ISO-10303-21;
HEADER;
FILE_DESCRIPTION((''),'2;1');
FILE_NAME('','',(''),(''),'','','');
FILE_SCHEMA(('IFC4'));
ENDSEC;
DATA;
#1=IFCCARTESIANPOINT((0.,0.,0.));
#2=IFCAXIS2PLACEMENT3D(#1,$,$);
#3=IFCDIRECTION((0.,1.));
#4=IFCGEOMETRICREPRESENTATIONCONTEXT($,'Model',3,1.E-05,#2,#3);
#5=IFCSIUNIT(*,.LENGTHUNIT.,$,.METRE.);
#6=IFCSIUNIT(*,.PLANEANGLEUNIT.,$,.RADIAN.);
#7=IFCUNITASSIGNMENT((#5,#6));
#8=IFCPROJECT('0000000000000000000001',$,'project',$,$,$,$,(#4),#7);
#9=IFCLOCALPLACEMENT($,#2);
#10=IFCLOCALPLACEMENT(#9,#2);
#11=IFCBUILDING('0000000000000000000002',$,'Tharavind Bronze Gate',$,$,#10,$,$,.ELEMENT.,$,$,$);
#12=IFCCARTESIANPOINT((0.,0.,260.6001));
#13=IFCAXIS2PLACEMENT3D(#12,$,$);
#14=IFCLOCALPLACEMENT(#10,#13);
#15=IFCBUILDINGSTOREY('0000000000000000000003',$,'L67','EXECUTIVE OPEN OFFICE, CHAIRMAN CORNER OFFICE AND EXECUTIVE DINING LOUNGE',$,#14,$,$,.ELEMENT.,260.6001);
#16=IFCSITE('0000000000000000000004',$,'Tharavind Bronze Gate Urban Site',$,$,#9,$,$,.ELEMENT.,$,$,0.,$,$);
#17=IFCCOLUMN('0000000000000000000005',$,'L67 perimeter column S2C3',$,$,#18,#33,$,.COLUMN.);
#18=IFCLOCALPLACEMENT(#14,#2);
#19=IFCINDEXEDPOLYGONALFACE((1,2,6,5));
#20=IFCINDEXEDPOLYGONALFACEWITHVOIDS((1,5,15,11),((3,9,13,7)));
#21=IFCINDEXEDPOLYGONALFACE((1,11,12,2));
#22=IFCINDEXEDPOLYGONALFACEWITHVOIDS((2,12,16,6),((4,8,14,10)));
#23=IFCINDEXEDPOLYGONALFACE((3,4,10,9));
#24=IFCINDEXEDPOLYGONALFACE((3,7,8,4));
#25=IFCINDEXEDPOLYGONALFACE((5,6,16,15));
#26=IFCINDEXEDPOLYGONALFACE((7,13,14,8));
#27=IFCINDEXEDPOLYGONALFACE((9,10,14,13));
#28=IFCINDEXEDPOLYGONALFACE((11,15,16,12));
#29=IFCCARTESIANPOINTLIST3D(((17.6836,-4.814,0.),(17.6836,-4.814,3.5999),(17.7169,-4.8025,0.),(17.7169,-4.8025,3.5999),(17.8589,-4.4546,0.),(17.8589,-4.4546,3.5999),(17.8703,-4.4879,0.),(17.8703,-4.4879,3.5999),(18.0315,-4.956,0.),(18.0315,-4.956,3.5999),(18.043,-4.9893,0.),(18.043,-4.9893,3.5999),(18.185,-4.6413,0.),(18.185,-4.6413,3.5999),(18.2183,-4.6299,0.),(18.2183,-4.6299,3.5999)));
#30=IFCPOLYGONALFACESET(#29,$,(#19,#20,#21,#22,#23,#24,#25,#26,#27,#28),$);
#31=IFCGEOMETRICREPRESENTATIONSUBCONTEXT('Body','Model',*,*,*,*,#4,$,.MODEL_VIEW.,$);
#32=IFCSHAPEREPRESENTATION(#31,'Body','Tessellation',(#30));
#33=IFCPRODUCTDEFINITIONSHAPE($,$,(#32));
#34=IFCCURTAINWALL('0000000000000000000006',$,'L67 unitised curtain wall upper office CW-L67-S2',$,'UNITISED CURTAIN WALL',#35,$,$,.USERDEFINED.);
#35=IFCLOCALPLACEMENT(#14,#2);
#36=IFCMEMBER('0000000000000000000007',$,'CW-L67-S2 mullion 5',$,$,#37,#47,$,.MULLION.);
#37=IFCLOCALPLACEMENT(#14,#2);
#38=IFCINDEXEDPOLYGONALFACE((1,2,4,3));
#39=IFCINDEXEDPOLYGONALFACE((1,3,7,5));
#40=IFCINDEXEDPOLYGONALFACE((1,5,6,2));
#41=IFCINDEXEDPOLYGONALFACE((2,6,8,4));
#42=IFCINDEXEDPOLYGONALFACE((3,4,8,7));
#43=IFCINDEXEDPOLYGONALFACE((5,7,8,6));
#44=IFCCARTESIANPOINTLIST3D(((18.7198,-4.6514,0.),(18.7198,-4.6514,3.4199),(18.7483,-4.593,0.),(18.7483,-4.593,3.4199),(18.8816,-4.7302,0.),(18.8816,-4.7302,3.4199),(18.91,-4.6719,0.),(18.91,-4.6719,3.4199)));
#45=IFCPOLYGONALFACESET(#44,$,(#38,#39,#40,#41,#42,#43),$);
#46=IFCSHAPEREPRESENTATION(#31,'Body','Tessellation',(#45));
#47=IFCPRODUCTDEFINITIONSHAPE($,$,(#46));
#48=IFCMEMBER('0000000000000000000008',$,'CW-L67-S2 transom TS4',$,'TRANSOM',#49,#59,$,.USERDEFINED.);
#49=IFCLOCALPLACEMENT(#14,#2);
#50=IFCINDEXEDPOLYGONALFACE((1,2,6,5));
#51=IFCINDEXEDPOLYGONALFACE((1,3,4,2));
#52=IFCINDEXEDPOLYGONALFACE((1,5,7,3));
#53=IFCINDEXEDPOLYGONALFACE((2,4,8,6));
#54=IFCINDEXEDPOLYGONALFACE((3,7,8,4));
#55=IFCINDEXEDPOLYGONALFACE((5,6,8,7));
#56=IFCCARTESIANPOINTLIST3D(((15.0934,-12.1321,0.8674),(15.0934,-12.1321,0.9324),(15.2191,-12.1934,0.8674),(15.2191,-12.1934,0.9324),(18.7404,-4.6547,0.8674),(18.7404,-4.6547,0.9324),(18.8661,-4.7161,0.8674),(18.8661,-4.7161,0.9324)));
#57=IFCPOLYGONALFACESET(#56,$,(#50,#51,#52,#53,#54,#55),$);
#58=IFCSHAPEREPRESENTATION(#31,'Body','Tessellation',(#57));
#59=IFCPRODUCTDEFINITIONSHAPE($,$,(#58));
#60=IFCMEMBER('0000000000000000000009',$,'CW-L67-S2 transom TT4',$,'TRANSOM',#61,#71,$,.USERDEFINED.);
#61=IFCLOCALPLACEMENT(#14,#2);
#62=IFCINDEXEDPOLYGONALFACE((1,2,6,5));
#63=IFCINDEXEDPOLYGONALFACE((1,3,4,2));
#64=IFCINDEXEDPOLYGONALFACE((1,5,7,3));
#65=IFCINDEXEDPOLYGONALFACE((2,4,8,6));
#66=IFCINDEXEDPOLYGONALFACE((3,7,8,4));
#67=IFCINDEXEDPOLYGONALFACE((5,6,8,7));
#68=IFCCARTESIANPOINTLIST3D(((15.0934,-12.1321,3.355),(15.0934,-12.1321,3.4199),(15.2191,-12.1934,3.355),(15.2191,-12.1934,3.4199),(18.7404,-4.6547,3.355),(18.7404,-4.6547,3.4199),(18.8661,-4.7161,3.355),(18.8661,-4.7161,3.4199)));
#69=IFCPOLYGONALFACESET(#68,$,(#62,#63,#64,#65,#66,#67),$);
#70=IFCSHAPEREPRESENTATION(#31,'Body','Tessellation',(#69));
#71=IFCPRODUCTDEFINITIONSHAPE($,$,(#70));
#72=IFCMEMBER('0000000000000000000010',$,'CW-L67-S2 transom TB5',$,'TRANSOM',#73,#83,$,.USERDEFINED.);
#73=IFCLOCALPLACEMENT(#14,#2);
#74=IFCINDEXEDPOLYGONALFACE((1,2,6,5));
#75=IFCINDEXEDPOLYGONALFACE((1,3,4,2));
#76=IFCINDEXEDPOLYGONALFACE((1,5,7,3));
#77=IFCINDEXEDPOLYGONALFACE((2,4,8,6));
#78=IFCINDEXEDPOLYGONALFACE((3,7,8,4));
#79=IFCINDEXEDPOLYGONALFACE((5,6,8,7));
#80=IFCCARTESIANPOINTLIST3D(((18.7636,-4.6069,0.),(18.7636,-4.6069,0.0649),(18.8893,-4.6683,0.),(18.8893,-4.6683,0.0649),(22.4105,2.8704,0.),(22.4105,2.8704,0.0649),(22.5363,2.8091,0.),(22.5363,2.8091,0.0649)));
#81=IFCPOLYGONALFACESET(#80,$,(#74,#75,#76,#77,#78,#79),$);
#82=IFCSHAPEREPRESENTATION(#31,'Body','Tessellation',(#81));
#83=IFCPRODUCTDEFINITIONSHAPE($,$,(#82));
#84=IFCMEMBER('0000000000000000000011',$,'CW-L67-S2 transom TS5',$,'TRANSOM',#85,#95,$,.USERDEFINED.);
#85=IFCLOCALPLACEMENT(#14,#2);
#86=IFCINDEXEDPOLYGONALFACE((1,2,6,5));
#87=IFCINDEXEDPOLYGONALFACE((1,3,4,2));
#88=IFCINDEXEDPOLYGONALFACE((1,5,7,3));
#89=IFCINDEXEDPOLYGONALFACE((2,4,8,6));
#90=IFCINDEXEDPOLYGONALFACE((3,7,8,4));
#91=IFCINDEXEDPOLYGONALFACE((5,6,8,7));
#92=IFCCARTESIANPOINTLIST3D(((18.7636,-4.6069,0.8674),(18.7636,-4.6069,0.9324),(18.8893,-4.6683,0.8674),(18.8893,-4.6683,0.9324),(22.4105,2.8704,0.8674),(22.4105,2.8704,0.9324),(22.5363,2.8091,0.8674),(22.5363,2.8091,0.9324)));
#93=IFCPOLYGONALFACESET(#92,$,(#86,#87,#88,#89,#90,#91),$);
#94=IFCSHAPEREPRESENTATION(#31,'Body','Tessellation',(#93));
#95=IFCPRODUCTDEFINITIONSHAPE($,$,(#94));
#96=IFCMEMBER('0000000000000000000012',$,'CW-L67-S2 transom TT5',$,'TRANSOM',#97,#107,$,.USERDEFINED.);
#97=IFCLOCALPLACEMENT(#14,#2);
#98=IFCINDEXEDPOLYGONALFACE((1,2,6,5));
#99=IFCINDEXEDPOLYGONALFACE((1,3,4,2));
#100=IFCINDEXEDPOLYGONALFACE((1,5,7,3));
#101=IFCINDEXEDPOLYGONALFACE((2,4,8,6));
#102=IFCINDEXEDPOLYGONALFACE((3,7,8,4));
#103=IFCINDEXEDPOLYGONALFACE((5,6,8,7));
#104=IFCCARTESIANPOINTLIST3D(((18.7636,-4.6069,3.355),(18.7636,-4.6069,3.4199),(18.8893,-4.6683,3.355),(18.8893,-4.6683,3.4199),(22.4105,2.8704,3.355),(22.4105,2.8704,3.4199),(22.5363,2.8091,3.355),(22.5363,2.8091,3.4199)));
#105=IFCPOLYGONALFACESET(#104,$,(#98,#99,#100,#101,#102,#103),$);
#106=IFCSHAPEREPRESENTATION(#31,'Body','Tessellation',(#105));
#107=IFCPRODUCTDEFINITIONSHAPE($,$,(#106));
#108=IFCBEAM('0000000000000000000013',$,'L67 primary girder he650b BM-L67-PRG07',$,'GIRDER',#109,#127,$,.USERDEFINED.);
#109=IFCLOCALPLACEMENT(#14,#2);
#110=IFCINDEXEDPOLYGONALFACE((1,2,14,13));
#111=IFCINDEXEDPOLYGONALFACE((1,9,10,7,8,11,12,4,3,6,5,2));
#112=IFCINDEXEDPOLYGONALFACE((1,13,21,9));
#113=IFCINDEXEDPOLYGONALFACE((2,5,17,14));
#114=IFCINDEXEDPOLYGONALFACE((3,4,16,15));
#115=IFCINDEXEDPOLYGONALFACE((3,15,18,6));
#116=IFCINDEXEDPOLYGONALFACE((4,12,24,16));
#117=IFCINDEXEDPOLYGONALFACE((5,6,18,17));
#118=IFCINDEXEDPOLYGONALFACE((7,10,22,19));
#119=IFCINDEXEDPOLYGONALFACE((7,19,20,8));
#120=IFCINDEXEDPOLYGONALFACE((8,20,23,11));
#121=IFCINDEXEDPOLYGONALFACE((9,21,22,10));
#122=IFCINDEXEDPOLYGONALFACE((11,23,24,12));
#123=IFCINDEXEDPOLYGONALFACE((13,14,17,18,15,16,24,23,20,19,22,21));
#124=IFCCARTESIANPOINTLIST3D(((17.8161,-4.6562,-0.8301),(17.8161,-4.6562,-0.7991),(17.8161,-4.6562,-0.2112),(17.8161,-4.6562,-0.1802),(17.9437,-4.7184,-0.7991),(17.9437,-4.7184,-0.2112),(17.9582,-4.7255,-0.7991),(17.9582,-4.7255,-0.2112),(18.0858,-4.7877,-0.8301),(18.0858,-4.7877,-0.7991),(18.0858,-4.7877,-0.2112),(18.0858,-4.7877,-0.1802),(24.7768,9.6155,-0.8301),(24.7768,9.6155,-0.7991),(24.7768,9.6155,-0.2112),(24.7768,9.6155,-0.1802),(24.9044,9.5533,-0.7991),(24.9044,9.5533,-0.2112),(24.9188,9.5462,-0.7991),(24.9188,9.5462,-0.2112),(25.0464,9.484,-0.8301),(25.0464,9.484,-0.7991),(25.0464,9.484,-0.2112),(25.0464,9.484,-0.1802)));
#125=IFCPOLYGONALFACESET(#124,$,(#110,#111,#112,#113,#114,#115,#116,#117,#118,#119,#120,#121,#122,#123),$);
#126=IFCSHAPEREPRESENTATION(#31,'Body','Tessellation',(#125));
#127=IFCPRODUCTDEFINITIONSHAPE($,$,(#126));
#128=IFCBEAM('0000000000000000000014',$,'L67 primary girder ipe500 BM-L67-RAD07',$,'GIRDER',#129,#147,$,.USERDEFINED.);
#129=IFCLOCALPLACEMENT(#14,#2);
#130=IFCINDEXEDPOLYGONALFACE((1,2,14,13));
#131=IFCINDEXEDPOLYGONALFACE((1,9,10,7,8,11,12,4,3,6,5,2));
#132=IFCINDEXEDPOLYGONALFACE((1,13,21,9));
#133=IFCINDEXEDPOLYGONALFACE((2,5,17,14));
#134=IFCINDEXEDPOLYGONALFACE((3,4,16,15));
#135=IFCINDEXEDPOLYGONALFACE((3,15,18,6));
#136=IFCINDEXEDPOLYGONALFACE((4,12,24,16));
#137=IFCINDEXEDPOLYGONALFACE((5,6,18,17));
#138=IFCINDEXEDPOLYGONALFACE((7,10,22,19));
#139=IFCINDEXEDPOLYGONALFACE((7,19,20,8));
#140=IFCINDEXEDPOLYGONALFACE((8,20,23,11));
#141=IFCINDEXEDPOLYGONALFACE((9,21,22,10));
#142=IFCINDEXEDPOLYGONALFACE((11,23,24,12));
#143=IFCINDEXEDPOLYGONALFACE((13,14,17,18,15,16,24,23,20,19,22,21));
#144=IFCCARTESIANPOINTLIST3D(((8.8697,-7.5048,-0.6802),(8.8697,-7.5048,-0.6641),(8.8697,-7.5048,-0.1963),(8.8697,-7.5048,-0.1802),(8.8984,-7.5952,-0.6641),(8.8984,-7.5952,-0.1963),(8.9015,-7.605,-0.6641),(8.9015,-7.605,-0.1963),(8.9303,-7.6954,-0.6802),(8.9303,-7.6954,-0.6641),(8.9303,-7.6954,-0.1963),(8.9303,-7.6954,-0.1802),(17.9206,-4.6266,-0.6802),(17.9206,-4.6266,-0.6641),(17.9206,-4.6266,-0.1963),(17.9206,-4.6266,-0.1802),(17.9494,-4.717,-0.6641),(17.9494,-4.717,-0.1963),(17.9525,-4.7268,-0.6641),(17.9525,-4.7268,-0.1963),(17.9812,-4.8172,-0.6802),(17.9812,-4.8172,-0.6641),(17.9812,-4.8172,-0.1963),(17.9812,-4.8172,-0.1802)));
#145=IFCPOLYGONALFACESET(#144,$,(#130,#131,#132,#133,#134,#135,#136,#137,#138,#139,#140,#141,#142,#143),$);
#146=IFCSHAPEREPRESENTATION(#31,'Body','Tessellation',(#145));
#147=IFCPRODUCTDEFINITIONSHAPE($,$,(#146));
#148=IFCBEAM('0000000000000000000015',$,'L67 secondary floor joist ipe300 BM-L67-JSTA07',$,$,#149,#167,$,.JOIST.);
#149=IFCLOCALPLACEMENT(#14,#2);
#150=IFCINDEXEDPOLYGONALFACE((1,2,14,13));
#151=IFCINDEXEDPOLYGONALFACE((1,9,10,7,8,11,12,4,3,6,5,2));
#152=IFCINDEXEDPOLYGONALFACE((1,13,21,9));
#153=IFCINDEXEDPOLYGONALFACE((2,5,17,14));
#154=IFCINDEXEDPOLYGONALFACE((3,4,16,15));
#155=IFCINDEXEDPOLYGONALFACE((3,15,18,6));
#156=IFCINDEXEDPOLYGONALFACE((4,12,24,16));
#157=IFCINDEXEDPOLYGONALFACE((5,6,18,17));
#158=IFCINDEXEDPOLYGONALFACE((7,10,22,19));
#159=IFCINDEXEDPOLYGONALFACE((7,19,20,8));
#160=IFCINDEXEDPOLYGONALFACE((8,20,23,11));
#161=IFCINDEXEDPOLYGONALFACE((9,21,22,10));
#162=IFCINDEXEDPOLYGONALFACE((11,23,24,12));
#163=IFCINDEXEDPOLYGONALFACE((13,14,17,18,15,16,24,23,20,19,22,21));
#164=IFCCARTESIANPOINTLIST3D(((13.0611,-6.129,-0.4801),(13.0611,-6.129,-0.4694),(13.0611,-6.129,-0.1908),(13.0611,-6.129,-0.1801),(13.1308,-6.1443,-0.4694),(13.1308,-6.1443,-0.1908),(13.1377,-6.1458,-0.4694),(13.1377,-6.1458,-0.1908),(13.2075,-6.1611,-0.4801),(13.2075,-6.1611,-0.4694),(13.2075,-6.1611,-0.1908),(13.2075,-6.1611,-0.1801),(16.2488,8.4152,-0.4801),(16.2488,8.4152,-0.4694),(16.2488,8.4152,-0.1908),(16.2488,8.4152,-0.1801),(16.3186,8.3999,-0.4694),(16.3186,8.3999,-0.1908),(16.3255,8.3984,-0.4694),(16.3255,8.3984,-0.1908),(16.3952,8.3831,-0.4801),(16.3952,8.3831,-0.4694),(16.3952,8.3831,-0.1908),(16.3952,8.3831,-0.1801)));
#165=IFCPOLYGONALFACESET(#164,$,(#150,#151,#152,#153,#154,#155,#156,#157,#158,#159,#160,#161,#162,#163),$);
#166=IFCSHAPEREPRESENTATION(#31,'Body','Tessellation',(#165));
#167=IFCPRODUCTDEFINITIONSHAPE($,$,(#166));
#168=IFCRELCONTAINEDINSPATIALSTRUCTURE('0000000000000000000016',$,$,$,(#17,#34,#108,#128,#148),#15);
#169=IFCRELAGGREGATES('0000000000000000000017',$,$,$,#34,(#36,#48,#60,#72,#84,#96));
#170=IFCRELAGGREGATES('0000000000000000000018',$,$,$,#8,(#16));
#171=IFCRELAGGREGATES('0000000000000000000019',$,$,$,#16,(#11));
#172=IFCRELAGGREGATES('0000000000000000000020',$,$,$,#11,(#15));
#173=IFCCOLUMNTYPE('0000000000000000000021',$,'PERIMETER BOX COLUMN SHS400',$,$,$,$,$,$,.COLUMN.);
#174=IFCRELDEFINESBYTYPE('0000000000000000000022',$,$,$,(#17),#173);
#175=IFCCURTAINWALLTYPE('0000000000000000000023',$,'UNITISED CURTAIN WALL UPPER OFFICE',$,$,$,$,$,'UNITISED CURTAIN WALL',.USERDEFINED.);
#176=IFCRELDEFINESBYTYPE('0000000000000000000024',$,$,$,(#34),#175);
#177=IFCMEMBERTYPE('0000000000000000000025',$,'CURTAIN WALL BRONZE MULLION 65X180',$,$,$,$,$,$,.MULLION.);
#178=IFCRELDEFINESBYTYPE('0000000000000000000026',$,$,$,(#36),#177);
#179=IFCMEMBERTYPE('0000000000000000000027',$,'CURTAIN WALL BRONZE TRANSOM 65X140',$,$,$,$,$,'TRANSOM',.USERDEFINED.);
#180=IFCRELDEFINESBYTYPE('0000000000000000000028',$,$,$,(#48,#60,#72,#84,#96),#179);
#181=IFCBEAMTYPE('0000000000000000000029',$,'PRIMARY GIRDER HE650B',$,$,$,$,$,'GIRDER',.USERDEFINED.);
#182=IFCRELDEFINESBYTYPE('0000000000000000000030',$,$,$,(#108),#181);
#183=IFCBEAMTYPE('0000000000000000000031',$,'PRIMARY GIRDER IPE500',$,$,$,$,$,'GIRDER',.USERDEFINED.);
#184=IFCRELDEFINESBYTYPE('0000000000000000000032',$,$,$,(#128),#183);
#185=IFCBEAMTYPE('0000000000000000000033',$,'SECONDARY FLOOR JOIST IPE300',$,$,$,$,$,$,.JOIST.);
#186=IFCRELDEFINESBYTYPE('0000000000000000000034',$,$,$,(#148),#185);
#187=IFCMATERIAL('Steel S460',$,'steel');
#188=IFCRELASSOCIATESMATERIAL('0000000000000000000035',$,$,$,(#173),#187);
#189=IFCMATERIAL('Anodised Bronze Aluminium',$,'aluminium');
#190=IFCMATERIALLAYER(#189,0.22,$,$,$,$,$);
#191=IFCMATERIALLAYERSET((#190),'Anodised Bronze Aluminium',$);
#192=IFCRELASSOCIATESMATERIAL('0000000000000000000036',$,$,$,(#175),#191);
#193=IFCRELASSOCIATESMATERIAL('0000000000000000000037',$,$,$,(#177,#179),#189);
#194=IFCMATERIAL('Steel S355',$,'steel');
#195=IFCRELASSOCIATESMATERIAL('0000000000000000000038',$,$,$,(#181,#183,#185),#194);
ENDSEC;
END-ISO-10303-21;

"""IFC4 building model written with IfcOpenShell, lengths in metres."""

from ifc_helpers import new_model, si_unit, direction, frame, origin, origin_2d, place, context, subcontext, project, spatial, rectangle, hollow_rectangle, i_section, extrude, material, layer, layer_set, material_profile, profile_set, type_object, element, aggregate, save


model = new_model("IFC4")

# Units and contexts
model_context = context("Model", 3, precision=1e-05, world=origin(), true_north=direction((0.0, 1.0)))
body_context = subcontext(model_context, "Body", "Model", "MODEL_VIEW")
ifc_project = project(units=[si_unit("LENGTHUNIT", "METRE"), si_unit("PLANEANGLEUNIT", "RADIAN")], contexts=[model_context])

# Site, building, storey
site_placement = place(None, origin())
site = spatial("IfcSite", under=ifc_project, at=site_placement, Name="Tharavind Bronze Gate Urban Site", CompositionType="ELEMENT", RefElevation=0.0)
building_placement = place(site_placement, origin())
building = spatial("IfcBuilding", under=site, at=building_placement, Name="Tharavind Bronze Gate", CompositionType="ELEMENT")
storey_placement = place(building_placement, frame((0.0, 0.0, 260.6001)))
storey = spatial("IfcBuildingStorey", under=building, at=storey_placement, Name="L67", Description="EXECUTIVE OPEN OFFICE, CHAIRMAN CORNER OFFICE AND EXECUTIVE DINING LOUNGE", CompositionType="ELEMENT", Elevation=260.6001)

# Column
ifc_material_1 = material(Name="Steel S460", Category="steel")
ifc_material_profile_1 = material_profile(ifc_material_1, hollow_rectangle(XDim=0.3999, YDim=0.3999, WallThickness=0.0249, at=origin_2d()), Name="SHS400X25")
ifc_profile_set_1 = profile_set([ifc_material_profile_1], Name="Steel S460")
column_type = type_object("IfcColumnType", Name="PERIMETER BOX COLUMN SHS400", PredefinedType="COLUMN", material=ifc_profile_set_1)
column_placement = place(storey_placement, frame((17.9509, -4.7219, 0.0), z_axis=(0.0, 0.0, 1.0), x_axis=(0.438373, 0.898793, 0.0)))
element("IfcColumn", 1, at=column_placement, inside=storey, type_object=column_type, Name="L67 perimeter column S2C3", PredefinedType="COLUMN", context=body_context, shape_type="SweptSolid", body=[
    extrude(hollow_rectangle(XDim=0.3999, YDim=0.3999, WallThickness=0.0249, at=origin_2d()), origin(), (0.0, 0.0, 1.0), 3.5999),
])

# Curtain wall, members
ifc_material_2 = material(Name="Anodised Bronze Aluminium", Category="aluminium")
ifc_layer_1 = layer(ifc_material_2, 0.22)
ifc_layer_set_1 = layer_set([ifc_layer_1], Name="Anodised Bronze Aluminium")
curtain_wall_type = type_object("IfcCurtainWallType", Name="UNITISED CURTAIN WALL UPPER OFFICE", ElementType="UNITISED CURTAIN WALL", PredefinedType="USERDEFINED", material=ifc_layer_set_1)
curtain_wall_placement = place(storey_placement, origin())
curtain_wall = element("IfcCurtainWall", 2, at=curtain_wall_placement, inside=storey, type_object=curtain_wall_type, Name="L67 unitised curtain wall upper office CW-L67-S2", ObjectType="UNITISED CURTAIN WALL", PredefinedType="USERDEFINED")
member_type_1 = type_object("IfcMemberType", Name="CURTAIN WALL BRONZE MULLION 65X180", PredefinedType="MULLION", material=ifc_material_2)
member_1_placement = place(storey_placement, frame((18.8149, -4.6616, 0.0), z_axis=(0.0, 0.0, 1.0), x_axis=(0.438373, 0.898793, 0.0)))
member_1 = element("IfcMember", 3, at=member_1_placement, type_object=member_type_1, Name="CW-L67-S2 mullion 5", PredefinedType="MULLION", context=body_context, shape_type="SweptSolid", body=[
    extrude(rectangle(XDim=0.0649, YDim=0.1799, at=origin_2d()), origin(), (0.0, 0.0, 1.0), 3.4199),
])
member_type_2 = type_object("IfcMemberType", Name="CURTAIN WALL BRONZE TRANSOM 65X140", ElementType="TRANSOM", PredefinedType="USERDEFINED", material=ifc_material_2)
member_2_placement = place(storey_placement, frame((16.9797, -8.4241, 0.8674), z_axis=(0.0, 0.0, 1.0), x_axis=(0.438373, 0.898793, 0.0)))
member_2 = element("IfcMember", 4, at=member_2_placement, type_object=member_type_2, Name="CW-L67-S2 transom TS4", ObjectType="TRANSOM", PredefinedType="USERDEFINED", context=body_context, shape_type="SweptSolid", body=[
    extrude(rectangle(XDim=8.3193, YDim=0.1399, at=origin_2d()), origin(), (0.0, 0.0, 1.0), 0.0649),
])
member_3_placement = place(storey_placement, frame((16.9797, -8.4241, 3.355), z_axis=(0.0, 0.0, 1.0), x_axis=(0.438373, 0.898793, 0.0)))
member_3 = element("IfcMember", 5, at=member_3_placement, type_object=member_type_2, Name="CW-L67-S2 transom TT4", ObjectType="TRANSOM", PredefinedType="USERDEFINED", context=body_context, shape_type="SweptSolid", body=[
    extrude(rectangle(XDim=8.3193, YDim=0.1399, at=origin_2d()), origin(), (0.0, 0.0, 1.0), 0.0649),
])
member_4_placement = place(storey_placement, frame((20.6499, -0.8989, 0.0), z_axis=(0.0, 0.0, 1.0), x_axis=(0.438373, 0.898793, 0.0)))
member_4 = element("IfcMember", 6, at=member_4_placement, type_object=member_type_2, Name="CW-L67-S2 transom TB5", ObjectType="TRANSOM", PredefinedType="USERDEFINED", context=body_context, shape_type="SweptSolid", body=[
    extrude(rectangle(XDim=8.3193, YDim=0.1399, at=origin_2d()), origin(), (0.0, 0.0, 1.0), 0.0649),
])
member_5_placement = place(storey_placement, frame((20.6499, -0.8989, 0.8674), z_axis=(0.0, 0.0, 1.0), x_axis=(0.438373, 0.898793, 0.0)))
member_5 = element("IfcMember", 7, at=member_5_placement, type_object=member_type_2, Name="CW-L67-S2 transom TS5", ObjectType="TRANSOM", PredefinedType="USERDEFINED", context=body_context, shape_type="SweptSolid", body=[
    extrude(rectangle(XDim=8.3193, YDim=0.1399, at=origin_2d()), origin(), (0.0, 0.0, 1.0), 0.0649),
])
member_6_placement = place(storey_placement, frame((20.6499, -0.8989, 3.355), z_axis=(0.0, 0.0, 1.0), x_axis=(0.438373, 0.898793, 0.0)))
member_6 = element("IfcMember", 8, at=member_6_placement, type_object=member_type_2, Name="CW-L67-S2 transom TT5", ObjectType="TRANSOM", PredefinedType="USERDEFINED", context=body_context, shape_type="SweptSolid", body=[
    extrude(rectangle(XDim=8.3193, YDim=0.1399, at=origin_2d()), origin(), (0.0, 0.0, 1.0), 0.0649),
])

# Beams
ifc_material_3 = material(Name="Steel S355", Category="steel")
ifc_material_profile_2 = material_profile(ifc_material_3, i_section(OverallWidth=0.3, OverallDepth=0.6499, WebThickness=0.0161, FlangeThickness=0.031, at=origin_2d()), Name="HE650B")
ifc_profile_set_2 = profile_set([ifc_material_profile_2], Name="Steel S355")
beam_type_1 = type_object("IfcBeamType", Name="PRIMARY GIRDER HE650B", ElementType="GIRDER", PredefinedType="USERDEFINED", material=ifc_profile_set_2)
beam_1_placement = place(storey_placement, frame((17.9509, -4.7219, -0.5051), z_axis=(0.438366, 0.898796, 0.0), x_axis=(-0.898796, 0.438366, 0.0)))
element("IfcBeam", 9, at=beam_1_placement, inside=storey, type_object=beam_type_1, Name="L67 primary girder he650b BM-L67-PRG07", ObjectType="GIRDER", PredefinedType="USERDEFINED", context=body_context, shape_type="SweptSolid", body=[
    extrude(i_section(OverallWidth=0.3, OverallDepth=0.6499, WebThickness=0.0161, FlangeThickness=0.031, at=origin_2d()), origin(), (0.0, 0.0, 1.0), 15.8787),
])
ifc_material_profile_3 = material_profile(ifc_material_3, i_section(OverallWidth=0.2, OverallDepth=0.5, WebThickness=0.0103, FlangeThickness=0.0161, at=origin_2d()), Name="IPE500")
ifc_profile_set_3 = profile_set([ifc_material_profile_3], Name="Steel S355")
beam_type_2 = type_object("IfcBeamType", Name="PRIMARY GIRDER IPE500", ElementType="GIRDER", PredefinedType="USERDEFINED", material=ifc_profile_set_3)
beam_2_placement = place(storey_placement, frame((17.9509, -4.7219, -0.4302), z_axis=(-0.952977, -0.303041, 0.0), x_axis=(0.303041, -0.952977, 0.0)))
element("IfcBeam", 10, at=beam_2_placement, inside=storey, type_object=beam_type_2, Name="L67 primary girder ipe500 BM-L67-RAD07", ObjectType="GIRDER", PredefinedType="USERDEFINED", context=body_context, shape_type="SweptSolid", body=[
    extrude(i_section(OverallWidth=0.2, OverallDepth=0.5, WebThickness=0.0103, FlangeThickness=0.0161, at=origin_2d()), origin(), (0.0, 0.0, 1.0), 9.4976),
])
ifc_material_profile_4 = material_profile(ifc_material_3, i_section(OverallWidth=0.1499, OverallDepth=0.3, WebThickness=0.0071, FlangeThickness=0.0107, at=origin_2d()), Name="IPE300")
ifc_profile_set_4 = profile_set([ifc_material_profile_4], Name="Steel S355")
beam_type_3 = type_object("IfcBeamType", Name="SECONDARY FLOOR JOIST IPE300", PredefinedType="JOIST", material=ifc_profile_set_4)
beam_3_placement = place(storey_placement, frame((13.1343, -6.145, -0.3301), z_axis=(0.214094, 0.976813, 0.0), x_axis=(-0.976813, 0.214094, 0.0)))
element("IfcBeam", 11, at=beam_3_placement, inside=storey, type_object=beam_type_3, Name="L67 secondary floor joist ipe300 BM-L67-JSTA07", PredefinedType="JOIST", context=body_context, shape_type="SweptSolid", body=[
    extrude(i_section(OverallWidth=0.1499, OverallDepth=0.3, WebThickness=0.0071, FlangeThickness=0.0107, at=origin_2d()), origin(), (0.0, 0.0, 1.0), 14.8894),
])

aggregate(curtain_wall, [member_1, member_2, member_3, member_4, member_5, member_6])

save(model, "model.ifc")
